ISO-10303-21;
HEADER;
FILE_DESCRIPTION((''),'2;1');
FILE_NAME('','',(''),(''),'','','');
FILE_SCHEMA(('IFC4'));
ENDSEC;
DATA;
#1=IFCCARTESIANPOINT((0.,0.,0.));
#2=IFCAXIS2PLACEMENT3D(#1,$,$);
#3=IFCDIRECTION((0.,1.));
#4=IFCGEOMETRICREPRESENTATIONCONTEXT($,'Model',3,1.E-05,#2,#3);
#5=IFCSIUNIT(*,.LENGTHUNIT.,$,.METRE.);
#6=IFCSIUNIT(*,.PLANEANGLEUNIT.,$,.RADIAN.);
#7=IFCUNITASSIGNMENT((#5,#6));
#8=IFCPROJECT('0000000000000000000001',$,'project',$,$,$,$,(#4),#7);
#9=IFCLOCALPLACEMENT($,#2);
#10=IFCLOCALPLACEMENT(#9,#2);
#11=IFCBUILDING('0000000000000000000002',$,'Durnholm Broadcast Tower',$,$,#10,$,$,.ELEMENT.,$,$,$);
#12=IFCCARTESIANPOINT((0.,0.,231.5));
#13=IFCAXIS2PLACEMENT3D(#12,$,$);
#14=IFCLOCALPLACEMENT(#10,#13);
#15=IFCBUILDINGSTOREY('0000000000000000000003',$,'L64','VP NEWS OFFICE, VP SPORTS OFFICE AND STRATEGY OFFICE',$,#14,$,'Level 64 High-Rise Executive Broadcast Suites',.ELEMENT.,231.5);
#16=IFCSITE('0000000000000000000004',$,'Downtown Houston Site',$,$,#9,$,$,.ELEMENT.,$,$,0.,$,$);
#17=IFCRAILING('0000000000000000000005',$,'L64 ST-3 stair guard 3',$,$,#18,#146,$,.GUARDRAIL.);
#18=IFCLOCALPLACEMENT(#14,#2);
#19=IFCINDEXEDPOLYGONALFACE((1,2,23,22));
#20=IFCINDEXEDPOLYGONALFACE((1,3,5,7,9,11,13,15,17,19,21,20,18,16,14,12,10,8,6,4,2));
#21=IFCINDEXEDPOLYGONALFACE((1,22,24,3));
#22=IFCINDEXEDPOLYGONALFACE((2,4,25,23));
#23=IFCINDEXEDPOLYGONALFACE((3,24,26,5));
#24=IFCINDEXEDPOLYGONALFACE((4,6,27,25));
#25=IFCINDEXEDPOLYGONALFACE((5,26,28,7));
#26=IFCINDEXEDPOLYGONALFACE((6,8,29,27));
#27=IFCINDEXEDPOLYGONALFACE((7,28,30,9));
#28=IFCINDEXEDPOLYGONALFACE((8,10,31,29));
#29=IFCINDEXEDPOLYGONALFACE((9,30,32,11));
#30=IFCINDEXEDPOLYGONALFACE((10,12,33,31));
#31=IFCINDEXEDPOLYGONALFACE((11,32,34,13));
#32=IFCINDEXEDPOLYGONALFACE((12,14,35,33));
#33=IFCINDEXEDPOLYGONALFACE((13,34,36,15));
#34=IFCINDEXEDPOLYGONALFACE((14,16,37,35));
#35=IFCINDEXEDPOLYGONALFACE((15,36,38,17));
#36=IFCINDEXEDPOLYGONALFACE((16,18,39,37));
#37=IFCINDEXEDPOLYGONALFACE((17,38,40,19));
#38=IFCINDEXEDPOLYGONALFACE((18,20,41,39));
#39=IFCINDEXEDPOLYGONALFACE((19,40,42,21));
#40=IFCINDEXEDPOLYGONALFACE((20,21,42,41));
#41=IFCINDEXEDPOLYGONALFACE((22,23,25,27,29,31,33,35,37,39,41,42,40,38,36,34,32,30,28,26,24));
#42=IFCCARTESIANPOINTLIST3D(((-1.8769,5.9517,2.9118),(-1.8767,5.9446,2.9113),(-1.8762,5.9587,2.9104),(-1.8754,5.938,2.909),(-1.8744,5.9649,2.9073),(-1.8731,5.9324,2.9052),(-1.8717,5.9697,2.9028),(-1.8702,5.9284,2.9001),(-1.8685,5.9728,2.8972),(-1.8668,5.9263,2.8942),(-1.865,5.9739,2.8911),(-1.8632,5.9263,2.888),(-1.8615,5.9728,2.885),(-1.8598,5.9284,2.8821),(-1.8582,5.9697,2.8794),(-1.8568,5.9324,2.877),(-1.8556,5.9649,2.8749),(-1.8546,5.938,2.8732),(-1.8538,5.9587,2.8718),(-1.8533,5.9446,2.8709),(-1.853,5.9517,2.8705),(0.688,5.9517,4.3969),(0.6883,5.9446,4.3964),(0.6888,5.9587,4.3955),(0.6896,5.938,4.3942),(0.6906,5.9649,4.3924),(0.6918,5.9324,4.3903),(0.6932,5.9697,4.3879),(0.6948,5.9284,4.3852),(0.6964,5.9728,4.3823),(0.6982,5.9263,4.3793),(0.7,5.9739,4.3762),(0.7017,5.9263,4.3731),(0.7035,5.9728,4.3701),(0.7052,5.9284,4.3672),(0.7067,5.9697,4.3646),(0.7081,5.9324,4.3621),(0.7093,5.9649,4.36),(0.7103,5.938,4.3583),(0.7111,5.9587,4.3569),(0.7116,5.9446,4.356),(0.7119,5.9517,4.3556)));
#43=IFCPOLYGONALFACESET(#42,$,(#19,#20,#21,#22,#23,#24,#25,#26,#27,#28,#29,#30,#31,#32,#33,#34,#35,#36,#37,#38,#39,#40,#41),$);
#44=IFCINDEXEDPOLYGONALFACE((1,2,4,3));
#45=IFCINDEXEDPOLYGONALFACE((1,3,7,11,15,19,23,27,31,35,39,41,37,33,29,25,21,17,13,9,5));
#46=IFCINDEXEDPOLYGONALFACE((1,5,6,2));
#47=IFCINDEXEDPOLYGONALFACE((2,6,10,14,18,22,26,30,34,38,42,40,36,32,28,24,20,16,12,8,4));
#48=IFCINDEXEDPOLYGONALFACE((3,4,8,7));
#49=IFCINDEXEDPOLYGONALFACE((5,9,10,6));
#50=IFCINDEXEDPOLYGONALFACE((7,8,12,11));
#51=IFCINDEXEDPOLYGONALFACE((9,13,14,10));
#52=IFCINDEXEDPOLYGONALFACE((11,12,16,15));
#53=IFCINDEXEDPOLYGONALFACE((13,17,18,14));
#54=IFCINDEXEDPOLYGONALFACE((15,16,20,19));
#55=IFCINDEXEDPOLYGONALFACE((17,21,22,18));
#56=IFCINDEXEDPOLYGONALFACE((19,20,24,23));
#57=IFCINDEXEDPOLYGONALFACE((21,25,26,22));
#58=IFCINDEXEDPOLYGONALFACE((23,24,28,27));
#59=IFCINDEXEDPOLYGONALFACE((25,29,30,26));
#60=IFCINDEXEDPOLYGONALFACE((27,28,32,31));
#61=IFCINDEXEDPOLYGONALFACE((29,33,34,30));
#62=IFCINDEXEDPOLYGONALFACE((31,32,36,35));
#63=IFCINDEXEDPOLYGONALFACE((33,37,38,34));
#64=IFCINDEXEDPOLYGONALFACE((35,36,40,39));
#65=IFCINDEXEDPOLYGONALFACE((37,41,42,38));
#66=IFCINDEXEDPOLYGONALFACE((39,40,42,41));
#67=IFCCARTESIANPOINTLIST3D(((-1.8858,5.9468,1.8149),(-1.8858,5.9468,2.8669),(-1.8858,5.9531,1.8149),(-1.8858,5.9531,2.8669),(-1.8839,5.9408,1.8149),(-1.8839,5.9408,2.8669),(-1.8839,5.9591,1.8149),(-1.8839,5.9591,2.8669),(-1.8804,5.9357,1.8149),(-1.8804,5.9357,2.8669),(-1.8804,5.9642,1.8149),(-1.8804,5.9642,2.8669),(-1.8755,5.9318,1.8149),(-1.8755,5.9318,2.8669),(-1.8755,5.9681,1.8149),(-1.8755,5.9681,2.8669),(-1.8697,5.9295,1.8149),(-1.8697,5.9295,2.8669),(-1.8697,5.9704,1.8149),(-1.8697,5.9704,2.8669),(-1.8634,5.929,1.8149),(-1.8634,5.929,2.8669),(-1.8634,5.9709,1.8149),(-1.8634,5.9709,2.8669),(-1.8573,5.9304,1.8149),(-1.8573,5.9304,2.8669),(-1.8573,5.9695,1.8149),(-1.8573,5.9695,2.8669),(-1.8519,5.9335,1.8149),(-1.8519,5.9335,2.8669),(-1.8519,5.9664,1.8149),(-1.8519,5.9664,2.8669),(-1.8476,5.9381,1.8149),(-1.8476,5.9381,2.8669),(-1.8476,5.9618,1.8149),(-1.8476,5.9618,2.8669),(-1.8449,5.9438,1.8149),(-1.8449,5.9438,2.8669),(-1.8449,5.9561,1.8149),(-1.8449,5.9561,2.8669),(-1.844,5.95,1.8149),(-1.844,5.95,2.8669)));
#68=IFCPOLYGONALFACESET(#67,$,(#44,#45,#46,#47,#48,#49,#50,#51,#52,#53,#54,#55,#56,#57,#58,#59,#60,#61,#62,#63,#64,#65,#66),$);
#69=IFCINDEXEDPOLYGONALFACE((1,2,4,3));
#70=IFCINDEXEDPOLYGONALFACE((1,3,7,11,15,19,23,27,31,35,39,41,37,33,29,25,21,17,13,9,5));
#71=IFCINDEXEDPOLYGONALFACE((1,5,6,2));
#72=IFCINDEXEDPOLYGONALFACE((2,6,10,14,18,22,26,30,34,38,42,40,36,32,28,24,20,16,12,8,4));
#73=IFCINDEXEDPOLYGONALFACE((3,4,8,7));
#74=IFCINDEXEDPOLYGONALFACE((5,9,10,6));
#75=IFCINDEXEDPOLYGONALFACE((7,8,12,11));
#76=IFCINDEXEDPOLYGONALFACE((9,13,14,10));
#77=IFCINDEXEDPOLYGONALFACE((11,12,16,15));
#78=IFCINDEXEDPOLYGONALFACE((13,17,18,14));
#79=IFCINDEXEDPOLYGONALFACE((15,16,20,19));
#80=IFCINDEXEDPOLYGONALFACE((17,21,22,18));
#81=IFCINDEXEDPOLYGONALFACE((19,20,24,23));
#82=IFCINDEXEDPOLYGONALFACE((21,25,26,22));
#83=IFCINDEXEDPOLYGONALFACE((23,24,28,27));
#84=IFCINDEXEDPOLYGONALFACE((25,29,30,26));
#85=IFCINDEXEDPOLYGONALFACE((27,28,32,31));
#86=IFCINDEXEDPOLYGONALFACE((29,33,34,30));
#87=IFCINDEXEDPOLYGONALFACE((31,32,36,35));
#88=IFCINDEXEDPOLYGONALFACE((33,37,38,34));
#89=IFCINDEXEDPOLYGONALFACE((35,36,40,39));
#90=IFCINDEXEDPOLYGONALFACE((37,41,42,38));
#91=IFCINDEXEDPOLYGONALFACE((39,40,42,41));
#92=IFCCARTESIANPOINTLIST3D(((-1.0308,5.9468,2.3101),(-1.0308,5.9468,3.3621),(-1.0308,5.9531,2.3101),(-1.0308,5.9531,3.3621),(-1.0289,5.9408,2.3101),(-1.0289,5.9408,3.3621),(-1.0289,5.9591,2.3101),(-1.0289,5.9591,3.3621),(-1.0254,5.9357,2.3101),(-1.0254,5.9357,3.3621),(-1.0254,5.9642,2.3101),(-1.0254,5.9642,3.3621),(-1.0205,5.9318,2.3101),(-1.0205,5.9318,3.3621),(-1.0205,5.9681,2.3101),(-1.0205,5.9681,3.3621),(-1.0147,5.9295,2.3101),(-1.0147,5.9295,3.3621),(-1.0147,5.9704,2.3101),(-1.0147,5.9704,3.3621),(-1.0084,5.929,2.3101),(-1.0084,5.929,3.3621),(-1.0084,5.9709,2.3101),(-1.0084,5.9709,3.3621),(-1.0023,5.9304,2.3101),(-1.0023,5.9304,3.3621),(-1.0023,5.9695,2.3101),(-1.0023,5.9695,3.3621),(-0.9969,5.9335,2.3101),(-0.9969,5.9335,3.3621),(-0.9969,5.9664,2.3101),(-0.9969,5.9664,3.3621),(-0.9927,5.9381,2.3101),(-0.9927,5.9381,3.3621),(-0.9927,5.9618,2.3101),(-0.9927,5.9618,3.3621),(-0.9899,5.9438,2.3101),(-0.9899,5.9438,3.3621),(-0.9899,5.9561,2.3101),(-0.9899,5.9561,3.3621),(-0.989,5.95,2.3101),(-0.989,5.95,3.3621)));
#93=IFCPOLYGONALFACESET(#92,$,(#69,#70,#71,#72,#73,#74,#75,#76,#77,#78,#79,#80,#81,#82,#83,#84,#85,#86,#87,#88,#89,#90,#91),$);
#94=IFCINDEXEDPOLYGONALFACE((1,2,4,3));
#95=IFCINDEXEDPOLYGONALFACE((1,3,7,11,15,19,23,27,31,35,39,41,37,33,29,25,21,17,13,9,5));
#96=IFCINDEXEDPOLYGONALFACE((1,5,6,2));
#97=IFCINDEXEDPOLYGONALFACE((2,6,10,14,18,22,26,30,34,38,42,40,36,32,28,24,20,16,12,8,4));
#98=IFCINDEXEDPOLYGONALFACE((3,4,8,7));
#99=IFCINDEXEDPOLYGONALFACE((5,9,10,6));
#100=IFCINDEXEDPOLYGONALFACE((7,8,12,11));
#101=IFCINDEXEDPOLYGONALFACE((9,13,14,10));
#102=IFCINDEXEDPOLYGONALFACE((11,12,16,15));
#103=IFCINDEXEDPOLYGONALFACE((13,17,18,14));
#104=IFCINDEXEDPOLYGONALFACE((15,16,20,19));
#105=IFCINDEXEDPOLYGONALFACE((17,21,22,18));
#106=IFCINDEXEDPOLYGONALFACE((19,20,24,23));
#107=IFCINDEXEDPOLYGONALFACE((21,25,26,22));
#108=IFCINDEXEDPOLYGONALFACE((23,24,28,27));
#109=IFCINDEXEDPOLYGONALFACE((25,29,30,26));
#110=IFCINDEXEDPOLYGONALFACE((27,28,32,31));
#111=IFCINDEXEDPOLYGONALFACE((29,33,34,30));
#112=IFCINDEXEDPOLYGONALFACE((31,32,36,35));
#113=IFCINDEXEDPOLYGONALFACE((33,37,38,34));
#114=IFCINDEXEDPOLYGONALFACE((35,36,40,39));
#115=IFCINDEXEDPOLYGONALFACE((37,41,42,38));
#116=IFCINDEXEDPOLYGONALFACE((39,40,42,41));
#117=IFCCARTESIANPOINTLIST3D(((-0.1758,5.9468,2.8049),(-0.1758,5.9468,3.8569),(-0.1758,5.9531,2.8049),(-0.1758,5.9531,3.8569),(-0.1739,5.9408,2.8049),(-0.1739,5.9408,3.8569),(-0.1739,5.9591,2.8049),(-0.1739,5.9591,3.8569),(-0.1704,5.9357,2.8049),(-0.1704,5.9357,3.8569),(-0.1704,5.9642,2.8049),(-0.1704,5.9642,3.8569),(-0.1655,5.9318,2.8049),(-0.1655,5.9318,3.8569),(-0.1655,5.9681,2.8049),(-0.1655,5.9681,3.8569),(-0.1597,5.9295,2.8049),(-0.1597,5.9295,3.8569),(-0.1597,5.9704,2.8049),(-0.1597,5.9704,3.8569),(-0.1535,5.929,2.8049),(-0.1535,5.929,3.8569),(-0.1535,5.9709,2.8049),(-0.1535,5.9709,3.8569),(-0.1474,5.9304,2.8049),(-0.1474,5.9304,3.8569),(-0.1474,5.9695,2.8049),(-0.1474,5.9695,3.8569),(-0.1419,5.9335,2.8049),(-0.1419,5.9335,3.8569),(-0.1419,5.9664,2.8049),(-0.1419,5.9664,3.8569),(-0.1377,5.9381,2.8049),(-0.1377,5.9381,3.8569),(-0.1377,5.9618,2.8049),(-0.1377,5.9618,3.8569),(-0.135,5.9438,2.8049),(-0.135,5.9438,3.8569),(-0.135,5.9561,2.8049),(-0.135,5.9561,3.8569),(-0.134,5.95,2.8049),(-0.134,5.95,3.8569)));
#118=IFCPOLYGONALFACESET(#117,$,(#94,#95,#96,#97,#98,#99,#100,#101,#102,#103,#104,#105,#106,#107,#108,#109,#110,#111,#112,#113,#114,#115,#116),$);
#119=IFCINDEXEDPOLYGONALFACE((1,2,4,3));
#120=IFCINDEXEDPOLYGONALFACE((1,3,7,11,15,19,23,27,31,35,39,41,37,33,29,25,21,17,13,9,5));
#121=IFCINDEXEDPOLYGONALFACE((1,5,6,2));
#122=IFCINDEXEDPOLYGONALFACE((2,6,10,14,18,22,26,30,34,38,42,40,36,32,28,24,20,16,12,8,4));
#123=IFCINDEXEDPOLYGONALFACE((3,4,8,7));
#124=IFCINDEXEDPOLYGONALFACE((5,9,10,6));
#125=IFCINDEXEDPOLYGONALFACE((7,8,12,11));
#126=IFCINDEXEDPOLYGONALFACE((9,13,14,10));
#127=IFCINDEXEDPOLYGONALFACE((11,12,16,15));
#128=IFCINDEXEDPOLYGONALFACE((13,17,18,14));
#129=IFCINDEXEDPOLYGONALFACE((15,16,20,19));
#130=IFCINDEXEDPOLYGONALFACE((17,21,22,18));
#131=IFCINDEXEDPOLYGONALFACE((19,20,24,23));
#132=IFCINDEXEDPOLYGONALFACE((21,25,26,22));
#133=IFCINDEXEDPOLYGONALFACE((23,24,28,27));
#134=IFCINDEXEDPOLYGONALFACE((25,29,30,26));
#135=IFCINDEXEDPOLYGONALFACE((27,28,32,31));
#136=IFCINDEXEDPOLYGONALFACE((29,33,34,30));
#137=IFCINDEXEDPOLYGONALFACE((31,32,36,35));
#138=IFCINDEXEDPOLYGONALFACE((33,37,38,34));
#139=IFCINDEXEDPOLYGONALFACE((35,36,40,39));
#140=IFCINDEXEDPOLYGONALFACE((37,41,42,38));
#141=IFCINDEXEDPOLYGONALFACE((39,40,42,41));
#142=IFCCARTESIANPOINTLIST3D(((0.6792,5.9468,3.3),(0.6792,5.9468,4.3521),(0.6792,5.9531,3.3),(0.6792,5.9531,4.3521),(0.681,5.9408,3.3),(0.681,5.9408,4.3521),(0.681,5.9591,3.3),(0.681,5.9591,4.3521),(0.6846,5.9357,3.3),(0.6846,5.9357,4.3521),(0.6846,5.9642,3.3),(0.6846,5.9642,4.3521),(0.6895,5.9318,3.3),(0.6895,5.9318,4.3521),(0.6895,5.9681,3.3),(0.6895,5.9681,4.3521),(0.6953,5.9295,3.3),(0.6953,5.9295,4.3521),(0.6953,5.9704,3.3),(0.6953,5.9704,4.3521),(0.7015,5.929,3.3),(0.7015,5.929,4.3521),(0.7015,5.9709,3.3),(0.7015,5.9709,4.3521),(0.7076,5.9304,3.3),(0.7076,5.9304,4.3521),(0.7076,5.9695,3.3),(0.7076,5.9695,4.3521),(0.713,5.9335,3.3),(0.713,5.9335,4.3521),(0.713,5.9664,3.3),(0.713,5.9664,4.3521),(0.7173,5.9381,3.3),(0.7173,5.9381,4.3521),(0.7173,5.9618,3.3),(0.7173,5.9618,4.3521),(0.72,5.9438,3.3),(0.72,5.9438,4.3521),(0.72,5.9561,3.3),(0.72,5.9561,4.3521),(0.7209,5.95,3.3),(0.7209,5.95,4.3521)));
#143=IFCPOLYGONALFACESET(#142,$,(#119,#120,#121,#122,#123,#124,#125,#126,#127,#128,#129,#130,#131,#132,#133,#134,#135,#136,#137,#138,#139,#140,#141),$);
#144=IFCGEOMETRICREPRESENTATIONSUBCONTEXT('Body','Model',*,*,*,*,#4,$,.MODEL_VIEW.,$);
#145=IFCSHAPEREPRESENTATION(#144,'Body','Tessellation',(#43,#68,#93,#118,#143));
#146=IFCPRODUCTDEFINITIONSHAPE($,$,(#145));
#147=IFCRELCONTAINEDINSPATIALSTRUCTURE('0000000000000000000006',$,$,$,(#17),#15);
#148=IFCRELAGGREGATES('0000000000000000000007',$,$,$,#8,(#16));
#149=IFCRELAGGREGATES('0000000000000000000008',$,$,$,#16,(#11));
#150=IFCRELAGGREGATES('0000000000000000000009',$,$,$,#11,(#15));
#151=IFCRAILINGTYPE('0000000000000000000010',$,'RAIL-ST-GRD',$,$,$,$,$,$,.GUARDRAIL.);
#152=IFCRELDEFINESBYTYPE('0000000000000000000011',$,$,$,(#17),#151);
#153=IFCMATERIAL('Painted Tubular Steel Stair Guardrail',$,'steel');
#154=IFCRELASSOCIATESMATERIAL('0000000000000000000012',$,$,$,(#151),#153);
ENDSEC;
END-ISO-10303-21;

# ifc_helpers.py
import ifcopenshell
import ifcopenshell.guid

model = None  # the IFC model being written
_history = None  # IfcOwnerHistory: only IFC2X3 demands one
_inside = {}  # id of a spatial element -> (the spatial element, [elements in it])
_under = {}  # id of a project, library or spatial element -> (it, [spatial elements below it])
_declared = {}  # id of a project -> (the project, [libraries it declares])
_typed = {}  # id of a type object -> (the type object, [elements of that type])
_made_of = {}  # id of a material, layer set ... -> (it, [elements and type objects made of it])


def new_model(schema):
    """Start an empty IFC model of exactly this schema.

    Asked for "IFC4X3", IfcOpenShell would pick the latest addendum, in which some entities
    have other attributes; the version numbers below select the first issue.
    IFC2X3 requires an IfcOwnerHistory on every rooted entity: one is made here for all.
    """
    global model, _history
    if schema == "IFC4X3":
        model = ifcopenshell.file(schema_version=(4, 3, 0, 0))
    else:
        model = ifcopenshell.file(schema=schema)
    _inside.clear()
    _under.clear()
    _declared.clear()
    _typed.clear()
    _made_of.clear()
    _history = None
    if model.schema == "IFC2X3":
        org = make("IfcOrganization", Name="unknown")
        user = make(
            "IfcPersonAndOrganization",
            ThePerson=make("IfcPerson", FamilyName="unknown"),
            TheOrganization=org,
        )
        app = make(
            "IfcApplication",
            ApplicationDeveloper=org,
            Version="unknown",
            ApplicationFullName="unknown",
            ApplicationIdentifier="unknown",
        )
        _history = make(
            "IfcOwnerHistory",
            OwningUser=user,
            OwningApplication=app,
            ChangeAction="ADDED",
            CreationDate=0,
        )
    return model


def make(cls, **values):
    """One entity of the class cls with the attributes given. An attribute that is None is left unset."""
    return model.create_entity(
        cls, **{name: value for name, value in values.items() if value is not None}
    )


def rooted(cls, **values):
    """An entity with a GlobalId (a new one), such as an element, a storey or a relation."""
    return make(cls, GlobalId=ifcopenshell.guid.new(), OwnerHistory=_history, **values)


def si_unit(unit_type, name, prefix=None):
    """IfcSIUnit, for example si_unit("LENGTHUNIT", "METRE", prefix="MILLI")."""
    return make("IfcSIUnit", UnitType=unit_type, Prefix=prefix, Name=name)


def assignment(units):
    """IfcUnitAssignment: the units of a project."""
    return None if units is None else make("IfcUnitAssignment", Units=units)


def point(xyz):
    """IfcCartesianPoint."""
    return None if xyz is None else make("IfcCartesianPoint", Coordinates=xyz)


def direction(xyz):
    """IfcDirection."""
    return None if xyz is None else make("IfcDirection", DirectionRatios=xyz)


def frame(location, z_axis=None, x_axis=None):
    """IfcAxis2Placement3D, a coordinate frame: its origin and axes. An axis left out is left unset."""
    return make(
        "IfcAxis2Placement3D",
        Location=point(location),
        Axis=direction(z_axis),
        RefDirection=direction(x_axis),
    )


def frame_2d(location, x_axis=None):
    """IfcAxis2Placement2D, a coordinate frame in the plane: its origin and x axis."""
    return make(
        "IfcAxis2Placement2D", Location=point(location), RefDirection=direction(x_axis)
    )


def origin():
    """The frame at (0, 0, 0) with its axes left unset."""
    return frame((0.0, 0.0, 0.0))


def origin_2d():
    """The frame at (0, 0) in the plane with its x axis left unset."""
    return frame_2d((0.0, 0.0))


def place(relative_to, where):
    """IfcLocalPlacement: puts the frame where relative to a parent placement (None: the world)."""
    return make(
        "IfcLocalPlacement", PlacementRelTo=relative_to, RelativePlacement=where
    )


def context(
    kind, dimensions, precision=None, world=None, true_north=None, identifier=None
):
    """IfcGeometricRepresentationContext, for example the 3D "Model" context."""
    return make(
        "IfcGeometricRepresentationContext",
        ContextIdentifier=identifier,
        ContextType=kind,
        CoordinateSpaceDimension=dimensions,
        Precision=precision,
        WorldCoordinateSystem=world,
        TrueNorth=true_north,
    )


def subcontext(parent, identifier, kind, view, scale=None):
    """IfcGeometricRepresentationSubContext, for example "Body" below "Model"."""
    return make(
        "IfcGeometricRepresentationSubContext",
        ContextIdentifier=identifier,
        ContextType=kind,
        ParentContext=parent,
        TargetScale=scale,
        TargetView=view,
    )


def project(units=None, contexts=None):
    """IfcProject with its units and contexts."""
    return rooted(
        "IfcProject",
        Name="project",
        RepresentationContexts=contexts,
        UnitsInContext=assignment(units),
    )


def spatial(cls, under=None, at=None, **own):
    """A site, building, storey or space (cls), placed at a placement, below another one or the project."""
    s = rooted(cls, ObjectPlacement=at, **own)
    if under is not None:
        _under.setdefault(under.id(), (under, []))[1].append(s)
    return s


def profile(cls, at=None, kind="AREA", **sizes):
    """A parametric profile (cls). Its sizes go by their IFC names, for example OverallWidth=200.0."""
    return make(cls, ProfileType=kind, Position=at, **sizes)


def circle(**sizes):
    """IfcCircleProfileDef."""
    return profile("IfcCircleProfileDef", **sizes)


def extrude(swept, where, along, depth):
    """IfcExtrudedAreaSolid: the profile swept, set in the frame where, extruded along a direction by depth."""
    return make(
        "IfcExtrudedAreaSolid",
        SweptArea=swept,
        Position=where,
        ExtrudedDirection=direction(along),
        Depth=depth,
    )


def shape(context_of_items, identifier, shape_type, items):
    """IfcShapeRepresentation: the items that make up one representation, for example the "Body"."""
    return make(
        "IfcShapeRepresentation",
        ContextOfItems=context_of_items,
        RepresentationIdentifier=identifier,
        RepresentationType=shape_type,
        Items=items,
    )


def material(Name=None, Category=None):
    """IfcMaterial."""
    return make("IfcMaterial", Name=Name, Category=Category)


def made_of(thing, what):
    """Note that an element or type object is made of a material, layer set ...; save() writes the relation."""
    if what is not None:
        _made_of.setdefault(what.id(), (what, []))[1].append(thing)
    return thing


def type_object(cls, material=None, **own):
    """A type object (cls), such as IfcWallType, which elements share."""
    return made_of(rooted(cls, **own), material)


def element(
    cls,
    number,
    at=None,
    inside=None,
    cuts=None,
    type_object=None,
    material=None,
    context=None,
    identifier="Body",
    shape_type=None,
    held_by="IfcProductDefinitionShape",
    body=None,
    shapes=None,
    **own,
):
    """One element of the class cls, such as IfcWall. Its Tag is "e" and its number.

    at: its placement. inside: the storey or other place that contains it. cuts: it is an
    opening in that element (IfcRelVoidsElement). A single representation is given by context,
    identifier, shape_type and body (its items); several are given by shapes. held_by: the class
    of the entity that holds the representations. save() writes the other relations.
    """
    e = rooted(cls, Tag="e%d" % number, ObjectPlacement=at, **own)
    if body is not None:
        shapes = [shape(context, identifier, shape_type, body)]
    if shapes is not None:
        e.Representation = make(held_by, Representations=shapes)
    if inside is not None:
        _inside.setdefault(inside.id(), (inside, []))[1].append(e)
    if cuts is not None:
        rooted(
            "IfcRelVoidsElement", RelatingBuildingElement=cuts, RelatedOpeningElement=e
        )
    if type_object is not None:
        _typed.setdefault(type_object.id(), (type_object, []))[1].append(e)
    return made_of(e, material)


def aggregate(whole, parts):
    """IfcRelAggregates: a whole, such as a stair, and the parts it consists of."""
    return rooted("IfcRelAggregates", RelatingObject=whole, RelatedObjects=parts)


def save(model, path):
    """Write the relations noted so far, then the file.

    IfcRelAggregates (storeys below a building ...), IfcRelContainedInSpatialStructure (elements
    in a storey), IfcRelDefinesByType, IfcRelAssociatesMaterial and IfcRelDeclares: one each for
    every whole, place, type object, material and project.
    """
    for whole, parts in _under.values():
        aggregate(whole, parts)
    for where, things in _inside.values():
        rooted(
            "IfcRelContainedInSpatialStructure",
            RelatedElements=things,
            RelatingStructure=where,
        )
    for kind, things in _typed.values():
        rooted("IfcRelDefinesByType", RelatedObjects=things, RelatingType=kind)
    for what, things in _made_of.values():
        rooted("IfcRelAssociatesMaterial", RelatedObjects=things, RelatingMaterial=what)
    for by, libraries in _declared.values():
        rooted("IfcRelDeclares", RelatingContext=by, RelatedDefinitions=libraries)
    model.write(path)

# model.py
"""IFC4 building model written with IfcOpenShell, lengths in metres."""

from ifc_helpers import new_model, si_unit, direction, frame, origin, origin_2d, place, context, subcontext, project, spatial, circle, extrude, material, type_object, element, save


model = new_model("IFC4")

# Units and contexts
model_context = context("Model", 3, precision=1e-05, world=origin(), true_north=direction((0.0, 1.0)))
body_context = subcontext(model_context, "Body", "Model", "MODEL_VIEW")
ifc_project = project(units=[si_unit("LENGTHUNIT", "METRE"), si_unit("PLANEANGLEUNIT", "RADIAN")], contexts=[model_context])

# Site, building, storey
site_placement = place(None, origin())
site = spatial("IfcSite", under=ifc_project, at=site_placement, Name="Downtown Houston Site", CompositionType="ELEMENT", RefElevation=0.0)
building_placement = place(site_placement, origin())
building = spatial("IfcBuilding", under=site, at=building_placement, Name="Durnholm Broadcast Tower", CompositionType="ELEMENT")
storey_placement = place(building_placement, frame((0.0, 0.0, 231.5)))
storey = spatial("IfcBuildingStorey", under=building, at=storey_placement, Name="L64", Description="VP NEWS OFFICE, VP SPORTS OFFICE AND STRATEGY OFFICE", LongName="Level 64 High-Rise Executive Broadcast Suites", CompositionType="ELEMENT", Elevation=231.5)

# Railing
ifc_material_1 = material(Name="Painted Tubular Steel Stair Guardrail", Category="steel")
railing_type_1 = type_object("IfcRailingType", Name="RAIL-ST-GRD", PredefinedType="GUARDRAIL", material=ifc_material_1)
railing_1_placement = place(storey_placement, frame((-1.865, 5.95, 1.8149)))
element("IfcRailing", 1, at=railing_1_placement, inside=storey, type_object=railing_type_1, Name="L64 ST-3 stair guard 3", PredefinedType="GUARDRAIL", context=body_context, shape_type="SweptSolid", body=[
    extrude(circle(Radius=0.0239, at=origin_2d()), frame((0.0, 0.0, 1.0762), z_axis=(0.865406, 0.0, 0.501072), x_axis=(0.0, 1.0, 0.0)), (0.0, 0.0, 1.0), 2.9639),
    extrude(circle(Radius=0.021, at=origin_2d()), origin(), (0.0, 0.0, 1.0), 1.052),
    extrude(circle(Radius=0.021, at=origin_2d()), frame((0.855, 0.0, 0.4951)), (0.0, 0.0, 1.0), 1.052),
    extrude(circle(Radius=0.021, at=origin_2d()), frame((1.71, 0.0, 0.99)), (0.0, 0.0, 1.0), 1.052),
    extrude(circle(Radius=0.021, at=origin_2d()), frame((2.5649, 0.0, 1.4851)), (0.0, 0.0, 1.0), 1.052),
])

save(model, "model.ifc")
